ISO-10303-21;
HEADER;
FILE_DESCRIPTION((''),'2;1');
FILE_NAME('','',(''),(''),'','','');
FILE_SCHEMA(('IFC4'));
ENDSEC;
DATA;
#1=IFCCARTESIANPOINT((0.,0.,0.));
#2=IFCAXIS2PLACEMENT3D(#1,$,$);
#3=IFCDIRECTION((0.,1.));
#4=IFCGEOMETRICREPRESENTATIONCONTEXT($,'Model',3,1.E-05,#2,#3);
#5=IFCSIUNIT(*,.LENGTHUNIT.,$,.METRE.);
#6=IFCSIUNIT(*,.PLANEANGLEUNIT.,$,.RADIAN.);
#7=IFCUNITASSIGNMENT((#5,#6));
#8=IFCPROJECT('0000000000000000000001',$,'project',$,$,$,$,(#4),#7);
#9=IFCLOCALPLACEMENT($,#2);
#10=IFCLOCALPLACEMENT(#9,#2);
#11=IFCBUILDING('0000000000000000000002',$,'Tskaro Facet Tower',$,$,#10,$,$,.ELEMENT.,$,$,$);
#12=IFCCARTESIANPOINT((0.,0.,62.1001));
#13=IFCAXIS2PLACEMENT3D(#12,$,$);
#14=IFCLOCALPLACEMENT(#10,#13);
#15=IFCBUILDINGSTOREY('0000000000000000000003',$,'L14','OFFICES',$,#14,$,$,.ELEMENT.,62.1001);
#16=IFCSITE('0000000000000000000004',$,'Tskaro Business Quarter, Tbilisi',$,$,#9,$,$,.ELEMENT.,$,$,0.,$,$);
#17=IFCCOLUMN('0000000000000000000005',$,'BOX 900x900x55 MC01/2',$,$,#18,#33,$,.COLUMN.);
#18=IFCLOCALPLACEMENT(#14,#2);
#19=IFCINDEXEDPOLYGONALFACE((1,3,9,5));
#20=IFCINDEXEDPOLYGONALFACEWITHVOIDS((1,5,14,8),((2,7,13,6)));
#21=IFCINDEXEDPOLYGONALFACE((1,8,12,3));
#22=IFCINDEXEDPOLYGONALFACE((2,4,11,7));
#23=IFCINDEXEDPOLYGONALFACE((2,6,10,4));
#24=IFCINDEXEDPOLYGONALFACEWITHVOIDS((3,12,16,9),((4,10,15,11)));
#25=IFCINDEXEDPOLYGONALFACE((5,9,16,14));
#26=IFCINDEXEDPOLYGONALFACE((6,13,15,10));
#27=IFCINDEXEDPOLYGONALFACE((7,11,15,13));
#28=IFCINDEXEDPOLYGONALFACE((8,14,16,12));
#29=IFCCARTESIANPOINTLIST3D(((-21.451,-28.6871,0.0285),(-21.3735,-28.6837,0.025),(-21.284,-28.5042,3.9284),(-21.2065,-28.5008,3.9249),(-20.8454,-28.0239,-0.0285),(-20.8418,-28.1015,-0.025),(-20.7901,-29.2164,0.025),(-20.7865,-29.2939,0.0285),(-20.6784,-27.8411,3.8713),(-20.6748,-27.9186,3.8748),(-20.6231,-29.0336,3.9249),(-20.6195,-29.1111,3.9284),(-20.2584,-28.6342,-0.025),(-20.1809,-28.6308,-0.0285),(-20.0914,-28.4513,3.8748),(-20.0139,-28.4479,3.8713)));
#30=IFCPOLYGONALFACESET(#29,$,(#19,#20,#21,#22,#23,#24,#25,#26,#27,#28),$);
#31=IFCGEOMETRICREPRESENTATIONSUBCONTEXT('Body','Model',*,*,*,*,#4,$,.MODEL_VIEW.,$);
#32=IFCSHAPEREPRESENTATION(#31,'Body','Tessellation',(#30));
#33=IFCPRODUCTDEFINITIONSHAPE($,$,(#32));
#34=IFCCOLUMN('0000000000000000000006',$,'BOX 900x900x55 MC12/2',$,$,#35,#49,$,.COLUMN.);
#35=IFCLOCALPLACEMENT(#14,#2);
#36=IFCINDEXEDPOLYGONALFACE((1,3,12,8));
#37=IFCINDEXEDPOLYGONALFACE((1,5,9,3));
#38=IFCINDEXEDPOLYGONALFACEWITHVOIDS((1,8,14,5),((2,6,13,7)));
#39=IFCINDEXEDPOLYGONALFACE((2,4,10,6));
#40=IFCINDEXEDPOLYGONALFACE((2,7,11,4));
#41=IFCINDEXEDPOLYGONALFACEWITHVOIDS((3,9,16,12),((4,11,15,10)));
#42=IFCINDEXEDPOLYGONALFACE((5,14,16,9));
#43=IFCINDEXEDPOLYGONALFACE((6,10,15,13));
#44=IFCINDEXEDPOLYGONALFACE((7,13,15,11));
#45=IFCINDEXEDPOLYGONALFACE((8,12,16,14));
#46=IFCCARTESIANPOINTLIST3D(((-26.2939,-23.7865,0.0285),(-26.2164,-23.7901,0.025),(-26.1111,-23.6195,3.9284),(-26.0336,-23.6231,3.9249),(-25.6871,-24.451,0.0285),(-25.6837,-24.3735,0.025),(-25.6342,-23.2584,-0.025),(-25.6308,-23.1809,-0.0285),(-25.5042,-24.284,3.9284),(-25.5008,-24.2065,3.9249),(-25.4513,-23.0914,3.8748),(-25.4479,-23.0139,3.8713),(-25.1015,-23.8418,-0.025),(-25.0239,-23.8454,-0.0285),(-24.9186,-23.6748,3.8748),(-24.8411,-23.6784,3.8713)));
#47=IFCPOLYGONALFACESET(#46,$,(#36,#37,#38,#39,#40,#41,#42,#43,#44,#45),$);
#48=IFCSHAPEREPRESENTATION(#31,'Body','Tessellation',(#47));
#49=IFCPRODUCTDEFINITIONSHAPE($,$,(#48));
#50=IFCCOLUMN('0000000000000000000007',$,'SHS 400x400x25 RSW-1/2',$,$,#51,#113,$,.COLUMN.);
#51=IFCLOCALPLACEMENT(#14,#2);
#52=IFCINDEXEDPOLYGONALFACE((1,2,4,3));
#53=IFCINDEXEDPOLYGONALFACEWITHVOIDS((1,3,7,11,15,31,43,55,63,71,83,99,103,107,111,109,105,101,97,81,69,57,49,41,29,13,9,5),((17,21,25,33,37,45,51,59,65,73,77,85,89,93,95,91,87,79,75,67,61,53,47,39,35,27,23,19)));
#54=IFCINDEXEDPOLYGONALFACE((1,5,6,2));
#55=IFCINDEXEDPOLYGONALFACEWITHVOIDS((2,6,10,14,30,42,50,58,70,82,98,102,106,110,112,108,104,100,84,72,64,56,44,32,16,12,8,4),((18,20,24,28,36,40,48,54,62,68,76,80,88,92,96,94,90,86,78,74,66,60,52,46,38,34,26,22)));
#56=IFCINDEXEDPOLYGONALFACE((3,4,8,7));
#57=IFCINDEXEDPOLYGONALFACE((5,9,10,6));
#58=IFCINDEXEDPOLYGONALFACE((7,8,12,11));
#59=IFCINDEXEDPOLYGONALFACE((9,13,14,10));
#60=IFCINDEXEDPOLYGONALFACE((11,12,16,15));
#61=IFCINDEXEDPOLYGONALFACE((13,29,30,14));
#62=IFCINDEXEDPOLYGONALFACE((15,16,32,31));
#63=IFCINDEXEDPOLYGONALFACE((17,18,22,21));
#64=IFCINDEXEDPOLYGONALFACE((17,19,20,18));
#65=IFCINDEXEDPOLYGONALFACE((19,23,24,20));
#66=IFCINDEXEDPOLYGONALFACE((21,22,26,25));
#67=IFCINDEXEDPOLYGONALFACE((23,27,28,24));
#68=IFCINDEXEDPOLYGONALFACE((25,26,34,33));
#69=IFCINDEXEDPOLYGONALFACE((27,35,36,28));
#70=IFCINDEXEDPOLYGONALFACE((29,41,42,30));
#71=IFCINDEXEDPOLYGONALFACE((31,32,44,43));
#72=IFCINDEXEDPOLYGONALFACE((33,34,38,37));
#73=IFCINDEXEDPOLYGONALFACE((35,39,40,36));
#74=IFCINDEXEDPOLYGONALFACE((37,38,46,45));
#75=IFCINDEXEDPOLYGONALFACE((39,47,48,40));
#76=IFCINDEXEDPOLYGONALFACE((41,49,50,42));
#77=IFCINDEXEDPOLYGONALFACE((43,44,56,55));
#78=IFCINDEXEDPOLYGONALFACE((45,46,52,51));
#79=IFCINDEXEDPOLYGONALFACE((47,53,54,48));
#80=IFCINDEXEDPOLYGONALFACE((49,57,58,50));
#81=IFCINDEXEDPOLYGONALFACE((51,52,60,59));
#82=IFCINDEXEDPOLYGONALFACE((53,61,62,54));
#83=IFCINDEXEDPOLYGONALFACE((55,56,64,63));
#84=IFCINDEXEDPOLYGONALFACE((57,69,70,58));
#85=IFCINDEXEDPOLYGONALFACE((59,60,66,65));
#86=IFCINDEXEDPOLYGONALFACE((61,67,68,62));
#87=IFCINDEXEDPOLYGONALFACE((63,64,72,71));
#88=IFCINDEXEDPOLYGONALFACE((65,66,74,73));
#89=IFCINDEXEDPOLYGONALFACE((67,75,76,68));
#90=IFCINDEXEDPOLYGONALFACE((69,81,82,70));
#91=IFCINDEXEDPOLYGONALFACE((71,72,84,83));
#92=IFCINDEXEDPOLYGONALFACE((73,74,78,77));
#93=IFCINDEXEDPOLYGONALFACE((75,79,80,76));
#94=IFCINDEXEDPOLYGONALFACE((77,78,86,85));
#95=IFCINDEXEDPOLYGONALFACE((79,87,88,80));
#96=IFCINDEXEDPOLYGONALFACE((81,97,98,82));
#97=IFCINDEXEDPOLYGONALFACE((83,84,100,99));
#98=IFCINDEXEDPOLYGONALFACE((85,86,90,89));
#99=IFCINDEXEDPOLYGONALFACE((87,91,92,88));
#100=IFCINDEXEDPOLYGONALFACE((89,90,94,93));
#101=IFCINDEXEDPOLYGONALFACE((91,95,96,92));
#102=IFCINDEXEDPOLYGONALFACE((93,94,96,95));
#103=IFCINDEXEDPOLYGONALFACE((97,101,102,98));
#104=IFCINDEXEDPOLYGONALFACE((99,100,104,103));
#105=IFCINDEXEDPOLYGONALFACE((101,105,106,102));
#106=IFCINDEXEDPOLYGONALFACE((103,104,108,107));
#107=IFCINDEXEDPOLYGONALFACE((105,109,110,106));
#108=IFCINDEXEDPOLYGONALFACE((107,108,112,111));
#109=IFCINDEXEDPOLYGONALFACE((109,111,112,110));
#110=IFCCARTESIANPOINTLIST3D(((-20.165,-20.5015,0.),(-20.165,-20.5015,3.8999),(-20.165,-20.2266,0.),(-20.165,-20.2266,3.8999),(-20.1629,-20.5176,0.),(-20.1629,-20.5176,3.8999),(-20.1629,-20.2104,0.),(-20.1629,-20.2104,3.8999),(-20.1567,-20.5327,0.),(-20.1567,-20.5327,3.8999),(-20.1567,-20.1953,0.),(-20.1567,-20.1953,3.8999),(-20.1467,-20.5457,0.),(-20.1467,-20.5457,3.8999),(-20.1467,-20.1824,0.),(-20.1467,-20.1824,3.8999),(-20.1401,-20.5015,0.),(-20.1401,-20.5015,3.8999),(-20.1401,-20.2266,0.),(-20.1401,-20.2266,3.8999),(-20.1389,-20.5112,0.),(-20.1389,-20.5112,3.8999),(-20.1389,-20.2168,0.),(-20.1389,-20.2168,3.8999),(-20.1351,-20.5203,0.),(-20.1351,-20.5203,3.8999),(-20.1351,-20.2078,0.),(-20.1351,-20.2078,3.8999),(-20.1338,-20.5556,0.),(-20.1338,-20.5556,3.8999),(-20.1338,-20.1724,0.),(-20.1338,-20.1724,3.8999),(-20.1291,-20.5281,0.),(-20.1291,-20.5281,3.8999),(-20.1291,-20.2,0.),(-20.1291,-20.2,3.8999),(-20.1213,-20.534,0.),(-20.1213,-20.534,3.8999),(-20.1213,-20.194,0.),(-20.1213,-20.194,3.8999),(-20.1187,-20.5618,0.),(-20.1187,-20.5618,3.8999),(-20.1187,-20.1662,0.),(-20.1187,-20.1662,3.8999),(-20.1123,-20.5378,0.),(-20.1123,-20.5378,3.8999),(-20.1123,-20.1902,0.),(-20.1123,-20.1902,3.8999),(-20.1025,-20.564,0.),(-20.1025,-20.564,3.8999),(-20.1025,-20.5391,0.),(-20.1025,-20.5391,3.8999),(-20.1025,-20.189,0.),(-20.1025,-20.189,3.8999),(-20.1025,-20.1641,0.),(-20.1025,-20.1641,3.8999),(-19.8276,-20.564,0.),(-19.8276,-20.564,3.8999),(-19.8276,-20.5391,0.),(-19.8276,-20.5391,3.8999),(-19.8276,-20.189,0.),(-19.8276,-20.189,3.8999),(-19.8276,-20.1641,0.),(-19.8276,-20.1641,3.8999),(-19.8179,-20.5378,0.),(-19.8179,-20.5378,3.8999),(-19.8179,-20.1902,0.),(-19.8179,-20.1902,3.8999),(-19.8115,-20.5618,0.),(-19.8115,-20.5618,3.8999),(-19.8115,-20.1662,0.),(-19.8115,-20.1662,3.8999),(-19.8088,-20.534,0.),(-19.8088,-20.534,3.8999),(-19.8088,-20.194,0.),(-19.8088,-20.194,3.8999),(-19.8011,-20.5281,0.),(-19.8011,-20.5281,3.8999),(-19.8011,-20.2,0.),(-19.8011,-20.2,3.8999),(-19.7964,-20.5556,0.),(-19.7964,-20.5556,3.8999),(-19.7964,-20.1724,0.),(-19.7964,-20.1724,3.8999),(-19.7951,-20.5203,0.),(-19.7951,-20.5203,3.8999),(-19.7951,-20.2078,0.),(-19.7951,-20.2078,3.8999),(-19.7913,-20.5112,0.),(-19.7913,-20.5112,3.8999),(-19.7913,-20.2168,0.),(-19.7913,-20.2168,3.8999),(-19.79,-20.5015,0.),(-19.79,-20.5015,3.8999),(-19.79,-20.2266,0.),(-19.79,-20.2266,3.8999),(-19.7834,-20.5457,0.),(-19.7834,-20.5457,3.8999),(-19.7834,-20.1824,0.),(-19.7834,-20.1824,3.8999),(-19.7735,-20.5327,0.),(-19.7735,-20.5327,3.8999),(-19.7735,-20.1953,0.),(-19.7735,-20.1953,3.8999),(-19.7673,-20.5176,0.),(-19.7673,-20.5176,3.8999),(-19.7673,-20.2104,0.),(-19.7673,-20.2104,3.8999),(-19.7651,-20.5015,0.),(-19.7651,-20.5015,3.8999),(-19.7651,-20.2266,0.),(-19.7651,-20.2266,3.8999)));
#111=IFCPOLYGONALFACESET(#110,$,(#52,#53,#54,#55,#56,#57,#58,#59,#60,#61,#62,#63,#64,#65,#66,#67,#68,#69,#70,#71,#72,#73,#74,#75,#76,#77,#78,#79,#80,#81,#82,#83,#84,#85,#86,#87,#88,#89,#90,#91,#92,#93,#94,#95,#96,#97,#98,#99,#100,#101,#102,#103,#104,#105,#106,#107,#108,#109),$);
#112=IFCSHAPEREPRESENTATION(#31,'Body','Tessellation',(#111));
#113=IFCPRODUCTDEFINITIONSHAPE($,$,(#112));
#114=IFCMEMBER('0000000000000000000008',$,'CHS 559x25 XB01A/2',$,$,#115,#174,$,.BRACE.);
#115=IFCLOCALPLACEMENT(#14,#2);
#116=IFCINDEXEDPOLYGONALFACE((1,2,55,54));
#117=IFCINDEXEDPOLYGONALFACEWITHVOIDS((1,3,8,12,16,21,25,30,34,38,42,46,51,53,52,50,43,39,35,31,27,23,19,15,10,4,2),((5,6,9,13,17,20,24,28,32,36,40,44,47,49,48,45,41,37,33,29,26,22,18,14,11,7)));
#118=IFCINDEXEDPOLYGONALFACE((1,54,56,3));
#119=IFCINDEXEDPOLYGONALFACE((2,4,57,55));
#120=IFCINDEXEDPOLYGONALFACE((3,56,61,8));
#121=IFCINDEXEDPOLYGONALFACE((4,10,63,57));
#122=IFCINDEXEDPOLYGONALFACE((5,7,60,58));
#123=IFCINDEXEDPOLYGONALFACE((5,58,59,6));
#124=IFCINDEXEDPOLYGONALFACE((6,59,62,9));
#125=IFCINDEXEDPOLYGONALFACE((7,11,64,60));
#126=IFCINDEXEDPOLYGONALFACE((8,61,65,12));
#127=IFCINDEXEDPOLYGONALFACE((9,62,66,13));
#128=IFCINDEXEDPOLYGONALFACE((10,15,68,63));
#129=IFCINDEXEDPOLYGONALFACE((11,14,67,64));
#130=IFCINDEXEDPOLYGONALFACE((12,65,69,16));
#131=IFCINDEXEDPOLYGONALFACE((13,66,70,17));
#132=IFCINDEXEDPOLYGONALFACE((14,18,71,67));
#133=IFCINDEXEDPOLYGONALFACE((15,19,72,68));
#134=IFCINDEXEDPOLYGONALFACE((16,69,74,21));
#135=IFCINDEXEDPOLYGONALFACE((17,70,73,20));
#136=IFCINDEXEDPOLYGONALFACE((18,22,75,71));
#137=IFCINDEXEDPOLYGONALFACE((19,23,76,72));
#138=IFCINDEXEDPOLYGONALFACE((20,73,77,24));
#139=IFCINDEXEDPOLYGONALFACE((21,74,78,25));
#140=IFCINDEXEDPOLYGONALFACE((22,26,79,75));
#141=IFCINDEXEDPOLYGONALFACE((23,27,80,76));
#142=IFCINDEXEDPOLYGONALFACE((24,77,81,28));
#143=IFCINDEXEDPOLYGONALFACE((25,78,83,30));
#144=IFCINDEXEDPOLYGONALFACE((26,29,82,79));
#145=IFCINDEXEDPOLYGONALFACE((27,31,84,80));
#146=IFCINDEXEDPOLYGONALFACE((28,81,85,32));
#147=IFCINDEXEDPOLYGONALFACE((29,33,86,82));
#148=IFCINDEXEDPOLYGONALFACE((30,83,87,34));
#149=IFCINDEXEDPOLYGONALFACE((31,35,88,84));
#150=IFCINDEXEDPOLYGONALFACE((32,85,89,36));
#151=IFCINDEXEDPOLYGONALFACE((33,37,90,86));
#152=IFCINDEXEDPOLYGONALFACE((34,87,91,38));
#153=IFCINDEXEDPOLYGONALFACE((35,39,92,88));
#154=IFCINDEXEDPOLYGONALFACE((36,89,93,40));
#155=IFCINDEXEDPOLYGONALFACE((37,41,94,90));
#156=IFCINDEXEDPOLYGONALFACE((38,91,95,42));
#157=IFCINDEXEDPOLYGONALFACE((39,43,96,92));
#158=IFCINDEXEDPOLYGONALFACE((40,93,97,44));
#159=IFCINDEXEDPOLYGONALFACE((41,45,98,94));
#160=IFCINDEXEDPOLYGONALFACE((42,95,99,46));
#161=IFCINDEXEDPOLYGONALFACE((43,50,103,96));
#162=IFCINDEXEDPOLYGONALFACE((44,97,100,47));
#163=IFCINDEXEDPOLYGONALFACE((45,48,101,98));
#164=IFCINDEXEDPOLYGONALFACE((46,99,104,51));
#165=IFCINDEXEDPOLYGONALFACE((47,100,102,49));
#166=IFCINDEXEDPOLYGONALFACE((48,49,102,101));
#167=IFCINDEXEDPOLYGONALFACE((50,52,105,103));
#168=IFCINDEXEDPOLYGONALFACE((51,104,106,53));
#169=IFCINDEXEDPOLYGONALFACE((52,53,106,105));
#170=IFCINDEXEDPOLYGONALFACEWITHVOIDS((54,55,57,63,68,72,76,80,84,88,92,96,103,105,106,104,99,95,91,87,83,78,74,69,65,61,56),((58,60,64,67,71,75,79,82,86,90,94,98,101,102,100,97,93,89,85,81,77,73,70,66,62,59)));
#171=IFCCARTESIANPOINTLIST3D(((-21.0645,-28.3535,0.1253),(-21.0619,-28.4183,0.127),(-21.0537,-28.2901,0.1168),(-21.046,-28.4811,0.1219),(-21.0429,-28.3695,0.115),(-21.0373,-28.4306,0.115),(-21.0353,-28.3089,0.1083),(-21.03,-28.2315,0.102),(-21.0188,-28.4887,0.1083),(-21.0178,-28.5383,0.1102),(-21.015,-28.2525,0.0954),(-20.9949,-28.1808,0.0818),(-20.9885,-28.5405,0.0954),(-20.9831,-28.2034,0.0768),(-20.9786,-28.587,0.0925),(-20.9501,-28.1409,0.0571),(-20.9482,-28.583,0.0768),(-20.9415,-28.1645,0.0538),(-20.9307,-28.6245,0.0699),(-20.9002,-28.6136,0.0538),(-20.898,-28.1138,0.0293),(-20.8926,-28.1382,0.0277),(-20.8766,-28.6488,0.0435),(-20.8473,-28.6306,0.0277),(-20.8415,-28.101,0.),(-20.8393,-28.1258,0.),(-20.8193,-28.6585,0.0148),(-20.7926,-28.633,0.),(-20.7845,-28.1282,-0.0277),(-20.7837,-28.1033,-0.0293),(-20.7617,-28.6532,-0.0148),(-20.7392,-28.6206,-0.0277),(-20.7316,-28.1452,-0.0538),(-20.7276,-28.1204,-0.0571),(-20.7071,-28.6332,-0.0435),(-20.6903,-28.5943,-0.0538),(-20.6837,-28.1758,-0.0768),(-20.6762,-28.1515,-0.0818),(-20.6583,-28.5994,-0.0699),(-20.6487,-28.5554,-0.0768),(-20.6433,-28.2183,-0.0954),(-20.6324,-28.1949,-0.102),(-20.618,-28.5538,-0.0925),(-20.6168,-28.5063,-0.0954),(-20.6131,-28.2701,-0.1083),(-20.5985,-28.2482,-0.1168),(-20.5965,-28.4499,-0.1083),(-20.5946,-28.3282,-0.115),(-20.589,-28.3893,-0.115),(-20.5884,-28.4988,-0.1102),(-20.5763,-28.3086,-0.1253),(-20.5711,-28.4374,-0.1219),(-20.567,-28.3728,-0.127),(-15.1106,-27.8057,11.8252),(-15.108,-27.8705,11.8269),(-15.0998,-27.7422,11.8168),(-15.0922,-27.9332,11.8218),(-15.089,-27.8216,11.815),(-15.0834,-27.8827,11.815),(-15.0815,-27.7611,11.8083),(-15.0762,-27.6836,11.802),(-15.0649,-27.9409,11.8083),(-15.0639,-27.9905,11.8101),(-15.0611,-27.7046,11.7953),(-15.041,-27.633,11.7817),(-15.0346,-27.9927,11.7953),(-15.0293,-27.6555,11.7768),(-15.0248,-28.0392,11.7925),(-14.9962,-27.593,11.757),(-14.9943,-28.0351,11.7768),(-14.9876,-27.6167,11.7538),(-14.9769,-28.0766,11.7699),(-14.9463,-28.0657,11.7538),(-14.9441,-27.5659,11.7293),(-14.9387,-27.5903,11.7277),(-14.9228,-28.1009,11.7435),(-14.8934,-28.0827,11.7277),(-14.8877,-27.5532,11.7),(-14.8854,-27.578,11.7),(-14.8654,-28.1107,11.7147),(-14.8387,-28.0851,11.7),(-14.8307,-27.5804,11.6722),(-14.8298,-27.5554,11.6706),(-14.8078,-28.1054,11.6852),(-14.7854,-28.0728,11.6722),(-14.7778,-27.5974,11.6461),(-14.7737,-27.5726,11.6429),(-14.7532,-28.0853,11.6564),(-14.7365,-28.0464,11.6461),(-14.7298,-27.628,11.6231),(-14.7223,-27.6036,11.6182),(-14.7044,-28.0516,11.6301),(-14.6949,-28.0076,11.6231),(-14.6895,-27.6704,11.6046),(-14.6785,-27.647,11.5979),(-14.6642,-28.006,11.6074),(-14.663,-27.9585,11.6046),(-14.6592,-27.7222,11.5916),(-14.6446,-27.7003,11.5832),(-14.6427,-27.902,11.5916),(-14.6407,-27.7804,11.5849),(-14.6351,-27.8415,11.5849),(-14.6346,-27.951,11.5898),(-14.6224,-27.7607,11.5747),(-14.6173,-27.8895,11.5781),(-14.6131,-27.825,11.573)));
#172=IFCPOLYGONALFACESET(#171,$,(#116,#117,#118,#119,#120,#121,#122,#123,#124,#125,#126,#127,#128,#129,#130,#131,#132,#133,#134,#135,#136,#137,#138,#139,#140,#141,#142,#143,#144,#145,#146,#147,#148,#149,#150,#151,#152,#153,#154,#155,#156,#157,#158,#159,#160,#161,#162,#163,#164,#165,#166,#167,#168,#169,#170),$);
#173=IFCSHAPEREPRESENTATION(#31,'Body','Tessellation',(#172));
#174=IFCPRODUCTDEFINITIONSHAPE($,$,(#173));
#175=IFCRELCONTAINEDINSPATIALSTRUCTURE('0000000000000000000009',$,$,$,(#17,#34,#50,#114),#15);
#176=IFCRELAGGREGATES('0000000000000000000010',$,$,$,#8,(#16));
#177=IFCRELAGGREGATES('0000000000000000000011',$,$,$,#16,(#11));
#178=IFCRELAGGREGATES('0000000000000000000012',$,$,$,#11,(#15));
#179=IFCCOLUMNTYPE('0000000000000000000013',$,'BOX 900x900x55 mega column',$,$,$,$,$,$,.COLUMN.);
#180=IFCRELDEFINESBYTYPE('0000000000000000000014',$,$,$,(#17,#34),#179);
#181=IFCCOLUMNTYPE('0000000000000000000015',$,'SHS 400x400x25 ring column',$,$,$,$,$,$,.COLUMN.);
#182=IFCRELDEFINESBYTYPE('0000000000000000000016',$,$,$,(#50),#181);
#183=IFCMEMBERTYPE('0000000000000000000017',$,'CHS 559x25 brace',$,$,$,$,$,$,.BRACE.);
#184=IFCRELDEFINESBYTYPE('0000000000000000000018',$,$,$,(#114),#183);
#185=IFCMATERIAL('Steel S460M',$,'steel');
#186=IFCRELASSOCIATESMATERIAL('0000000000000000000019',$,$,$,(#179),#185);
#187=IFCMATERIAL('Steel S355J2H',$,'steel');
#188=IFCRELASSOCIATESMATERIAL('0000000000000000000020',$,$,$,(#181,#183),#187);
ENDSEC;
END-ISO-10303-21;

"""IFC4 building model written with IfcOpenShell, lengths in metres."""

from ifc_helpers import new_model, si_unit, direction, frame, origin, origin_2d, place, context, subcontext, project, spatial, hollow_rectangle, hollow_circle, extrude, material, material_profile, profile_set, type_object, element, save


model = new_model("IFC4")

# Units and contexts
model_context = context("Model", 3, precision=1e-05, world=origin(), true_north=direction((0.0, 1.0)))
body_context = subcontext(model_context, "Body", "Model", "MODEL_VIEW")
ifc_project = project(units=[si_unit("LENGTHUNIT", "METRE"), si_unit("PLANEANGLEUNIT", "RADIAN")], contexts=[model_context])

# Site, building, storey
site_placement = place(None, origin())
site = spatial("IfcSite", under=ifc_project, at=site_placement, Name="Tskaro Business Quarter, Tbilisi", CompositionType="ELEMENT", RefElevation=0.0)
building_placement = place(site_placement, origin())
building = spatial("IfcBuilding", under=site, at=building_placement, Name="Tskaro Facet Tower", CompositionType="ELEMENT")
storey_placement = place(building_placement, frame((0.0, 0.0, 62.1001)))
storey = spatial("IfcBuildingStorey", under=building, at=storey_placement, Name="L14", Description="OFFICES", CompositionType="ELEMENT", Elevation=62.1001)

# Columns
ifc_material_1 = material(Name="Steel S460M", Category="steel")
ifc_material_profile_1 = material_profile(ifc_material_1, hollow_rectangle(XDim=0.8999, YDim=0.8999, WallThickness=0.0549, at=origin_2d()), Name="BOX 900x900x55")
ifc_profile_set_1 = profile_set([ifc_material_profile_1], Name="Steel S460M")
column_type_1 = type_object("IfcColumnType", Name="BOX 900x900x55 mega column", PredefinedType="COLUMN", material=ifc_profile_set_1)
for number, where, z_axis, x_axis, name in (
    (1, (-20.8159, -28.6589, 0.0), (0.042734, 0.046794, 0.99799), (-0.738421, 0.674339, 0.0), "BOX 900x900x55 MC01/2"),
    (2, (-25.6589, -23.8159, 0.0), (0.046794, 0.042734, 0.99799), (-0.674339, 0.738421, 0.0), "BOX 900x900x55 MC12/2"),
):
    element("IfcColumn", number, at=place(storey_placement, frame(where, z_axis=z_axis, x_axis=x_axis)), inside=storey, type_object=column_type_1, Name=name, PredefinedType="COLUMN", context=body_context, shape_type="SweptSolid", body=[
        extrude(hollow_rectangle(XDim=0.8999, YDim=0.8999, WallThickness=0.0549, at=origin_2d()), origin(), (0.0, 0.0, 1.0), 3.9077),
    ])
ifc_material_2 = material(Name="Steel S355J2H", Category="steel")
ifc_material_profile_2 = material_profile(ifc_material_2, hollow_rectangle(XDim=0.3999, YDim=0.3999, WallThickness=0.0249, InnerFilletRadius=0.0376, OuterFilletRadius=0.0625, at=origin_2d()), Name="SHS 400x400x25")
ifc_profile_set_2 = profile_set([ifc_material_profile_2], Name="Steel S355J2H")
column_type_2 = type_object("IfcColumnType", Name="SHS 400x400x25 ring column", PredefinedType="COLUMN", material=ifc_profile_set_2)
column_placement = place(storey_placement, frame((-19.9651, -20.364, 0.0), z_axis=(0.0, 0.0, 1.0), x_axis=(1.0, 0.0, 0.0)))
element("IfcColumn", 3, at=column_placement, inside=storey, type_object=column_type_2, Name="SHS 400x400x25 RSW-1/2", PredefinedType="COLUMN", context=body_context, shape_type="SweptSolid", body=[
    extrude(hollow_rectangle(XDim=0.3999, YDim=0.3999, WallThickness=0.0249, InnerFilletRadius=0.0376, OuterFilletRadius=0.0625, at=origin_2d()), origin(), (0.0, 0.0, 1.0), 3.8999),
])

# Member
ifc_material_profile_3 = material_profile(ifc_material_2, hollow_circle(Radius=0.2795, WallThickness=0.0249, at=origin_2d()), Name="CHS 559x25")
ifc_profile_set_3 = profile_set([ifc_material_profile_3], Name="Steel S355J2H")
member_type_1 = type_object("IfcMemberType", Name="CHS 559x25 brace", PredefinedType="BRACE", material=ifc_profile_set_3)
member_1_placement = place(storey_placement, frame((-20.8159, -28.3794, 0.0), z_axis=(0.453139, 0.041696, 0.890464), x_axis=(-0.091629, 0.995793, 0.0)))
element("IfcMember", 4, at=member_1_placement, inside=storey, type_object=member_type_1, Name="CHS 559x25 XB01A/2", PredefinedType="BRACE", context=body_context, shape_type="SweptSolid", body=[
    extrude(hollow_circle(Radius=0.2795, WallThickness=0.0249, at=origin_2d()), origin(), (0.0, 0.0, 1.0), 13.1392),
])

save(model, "model.ifc")
